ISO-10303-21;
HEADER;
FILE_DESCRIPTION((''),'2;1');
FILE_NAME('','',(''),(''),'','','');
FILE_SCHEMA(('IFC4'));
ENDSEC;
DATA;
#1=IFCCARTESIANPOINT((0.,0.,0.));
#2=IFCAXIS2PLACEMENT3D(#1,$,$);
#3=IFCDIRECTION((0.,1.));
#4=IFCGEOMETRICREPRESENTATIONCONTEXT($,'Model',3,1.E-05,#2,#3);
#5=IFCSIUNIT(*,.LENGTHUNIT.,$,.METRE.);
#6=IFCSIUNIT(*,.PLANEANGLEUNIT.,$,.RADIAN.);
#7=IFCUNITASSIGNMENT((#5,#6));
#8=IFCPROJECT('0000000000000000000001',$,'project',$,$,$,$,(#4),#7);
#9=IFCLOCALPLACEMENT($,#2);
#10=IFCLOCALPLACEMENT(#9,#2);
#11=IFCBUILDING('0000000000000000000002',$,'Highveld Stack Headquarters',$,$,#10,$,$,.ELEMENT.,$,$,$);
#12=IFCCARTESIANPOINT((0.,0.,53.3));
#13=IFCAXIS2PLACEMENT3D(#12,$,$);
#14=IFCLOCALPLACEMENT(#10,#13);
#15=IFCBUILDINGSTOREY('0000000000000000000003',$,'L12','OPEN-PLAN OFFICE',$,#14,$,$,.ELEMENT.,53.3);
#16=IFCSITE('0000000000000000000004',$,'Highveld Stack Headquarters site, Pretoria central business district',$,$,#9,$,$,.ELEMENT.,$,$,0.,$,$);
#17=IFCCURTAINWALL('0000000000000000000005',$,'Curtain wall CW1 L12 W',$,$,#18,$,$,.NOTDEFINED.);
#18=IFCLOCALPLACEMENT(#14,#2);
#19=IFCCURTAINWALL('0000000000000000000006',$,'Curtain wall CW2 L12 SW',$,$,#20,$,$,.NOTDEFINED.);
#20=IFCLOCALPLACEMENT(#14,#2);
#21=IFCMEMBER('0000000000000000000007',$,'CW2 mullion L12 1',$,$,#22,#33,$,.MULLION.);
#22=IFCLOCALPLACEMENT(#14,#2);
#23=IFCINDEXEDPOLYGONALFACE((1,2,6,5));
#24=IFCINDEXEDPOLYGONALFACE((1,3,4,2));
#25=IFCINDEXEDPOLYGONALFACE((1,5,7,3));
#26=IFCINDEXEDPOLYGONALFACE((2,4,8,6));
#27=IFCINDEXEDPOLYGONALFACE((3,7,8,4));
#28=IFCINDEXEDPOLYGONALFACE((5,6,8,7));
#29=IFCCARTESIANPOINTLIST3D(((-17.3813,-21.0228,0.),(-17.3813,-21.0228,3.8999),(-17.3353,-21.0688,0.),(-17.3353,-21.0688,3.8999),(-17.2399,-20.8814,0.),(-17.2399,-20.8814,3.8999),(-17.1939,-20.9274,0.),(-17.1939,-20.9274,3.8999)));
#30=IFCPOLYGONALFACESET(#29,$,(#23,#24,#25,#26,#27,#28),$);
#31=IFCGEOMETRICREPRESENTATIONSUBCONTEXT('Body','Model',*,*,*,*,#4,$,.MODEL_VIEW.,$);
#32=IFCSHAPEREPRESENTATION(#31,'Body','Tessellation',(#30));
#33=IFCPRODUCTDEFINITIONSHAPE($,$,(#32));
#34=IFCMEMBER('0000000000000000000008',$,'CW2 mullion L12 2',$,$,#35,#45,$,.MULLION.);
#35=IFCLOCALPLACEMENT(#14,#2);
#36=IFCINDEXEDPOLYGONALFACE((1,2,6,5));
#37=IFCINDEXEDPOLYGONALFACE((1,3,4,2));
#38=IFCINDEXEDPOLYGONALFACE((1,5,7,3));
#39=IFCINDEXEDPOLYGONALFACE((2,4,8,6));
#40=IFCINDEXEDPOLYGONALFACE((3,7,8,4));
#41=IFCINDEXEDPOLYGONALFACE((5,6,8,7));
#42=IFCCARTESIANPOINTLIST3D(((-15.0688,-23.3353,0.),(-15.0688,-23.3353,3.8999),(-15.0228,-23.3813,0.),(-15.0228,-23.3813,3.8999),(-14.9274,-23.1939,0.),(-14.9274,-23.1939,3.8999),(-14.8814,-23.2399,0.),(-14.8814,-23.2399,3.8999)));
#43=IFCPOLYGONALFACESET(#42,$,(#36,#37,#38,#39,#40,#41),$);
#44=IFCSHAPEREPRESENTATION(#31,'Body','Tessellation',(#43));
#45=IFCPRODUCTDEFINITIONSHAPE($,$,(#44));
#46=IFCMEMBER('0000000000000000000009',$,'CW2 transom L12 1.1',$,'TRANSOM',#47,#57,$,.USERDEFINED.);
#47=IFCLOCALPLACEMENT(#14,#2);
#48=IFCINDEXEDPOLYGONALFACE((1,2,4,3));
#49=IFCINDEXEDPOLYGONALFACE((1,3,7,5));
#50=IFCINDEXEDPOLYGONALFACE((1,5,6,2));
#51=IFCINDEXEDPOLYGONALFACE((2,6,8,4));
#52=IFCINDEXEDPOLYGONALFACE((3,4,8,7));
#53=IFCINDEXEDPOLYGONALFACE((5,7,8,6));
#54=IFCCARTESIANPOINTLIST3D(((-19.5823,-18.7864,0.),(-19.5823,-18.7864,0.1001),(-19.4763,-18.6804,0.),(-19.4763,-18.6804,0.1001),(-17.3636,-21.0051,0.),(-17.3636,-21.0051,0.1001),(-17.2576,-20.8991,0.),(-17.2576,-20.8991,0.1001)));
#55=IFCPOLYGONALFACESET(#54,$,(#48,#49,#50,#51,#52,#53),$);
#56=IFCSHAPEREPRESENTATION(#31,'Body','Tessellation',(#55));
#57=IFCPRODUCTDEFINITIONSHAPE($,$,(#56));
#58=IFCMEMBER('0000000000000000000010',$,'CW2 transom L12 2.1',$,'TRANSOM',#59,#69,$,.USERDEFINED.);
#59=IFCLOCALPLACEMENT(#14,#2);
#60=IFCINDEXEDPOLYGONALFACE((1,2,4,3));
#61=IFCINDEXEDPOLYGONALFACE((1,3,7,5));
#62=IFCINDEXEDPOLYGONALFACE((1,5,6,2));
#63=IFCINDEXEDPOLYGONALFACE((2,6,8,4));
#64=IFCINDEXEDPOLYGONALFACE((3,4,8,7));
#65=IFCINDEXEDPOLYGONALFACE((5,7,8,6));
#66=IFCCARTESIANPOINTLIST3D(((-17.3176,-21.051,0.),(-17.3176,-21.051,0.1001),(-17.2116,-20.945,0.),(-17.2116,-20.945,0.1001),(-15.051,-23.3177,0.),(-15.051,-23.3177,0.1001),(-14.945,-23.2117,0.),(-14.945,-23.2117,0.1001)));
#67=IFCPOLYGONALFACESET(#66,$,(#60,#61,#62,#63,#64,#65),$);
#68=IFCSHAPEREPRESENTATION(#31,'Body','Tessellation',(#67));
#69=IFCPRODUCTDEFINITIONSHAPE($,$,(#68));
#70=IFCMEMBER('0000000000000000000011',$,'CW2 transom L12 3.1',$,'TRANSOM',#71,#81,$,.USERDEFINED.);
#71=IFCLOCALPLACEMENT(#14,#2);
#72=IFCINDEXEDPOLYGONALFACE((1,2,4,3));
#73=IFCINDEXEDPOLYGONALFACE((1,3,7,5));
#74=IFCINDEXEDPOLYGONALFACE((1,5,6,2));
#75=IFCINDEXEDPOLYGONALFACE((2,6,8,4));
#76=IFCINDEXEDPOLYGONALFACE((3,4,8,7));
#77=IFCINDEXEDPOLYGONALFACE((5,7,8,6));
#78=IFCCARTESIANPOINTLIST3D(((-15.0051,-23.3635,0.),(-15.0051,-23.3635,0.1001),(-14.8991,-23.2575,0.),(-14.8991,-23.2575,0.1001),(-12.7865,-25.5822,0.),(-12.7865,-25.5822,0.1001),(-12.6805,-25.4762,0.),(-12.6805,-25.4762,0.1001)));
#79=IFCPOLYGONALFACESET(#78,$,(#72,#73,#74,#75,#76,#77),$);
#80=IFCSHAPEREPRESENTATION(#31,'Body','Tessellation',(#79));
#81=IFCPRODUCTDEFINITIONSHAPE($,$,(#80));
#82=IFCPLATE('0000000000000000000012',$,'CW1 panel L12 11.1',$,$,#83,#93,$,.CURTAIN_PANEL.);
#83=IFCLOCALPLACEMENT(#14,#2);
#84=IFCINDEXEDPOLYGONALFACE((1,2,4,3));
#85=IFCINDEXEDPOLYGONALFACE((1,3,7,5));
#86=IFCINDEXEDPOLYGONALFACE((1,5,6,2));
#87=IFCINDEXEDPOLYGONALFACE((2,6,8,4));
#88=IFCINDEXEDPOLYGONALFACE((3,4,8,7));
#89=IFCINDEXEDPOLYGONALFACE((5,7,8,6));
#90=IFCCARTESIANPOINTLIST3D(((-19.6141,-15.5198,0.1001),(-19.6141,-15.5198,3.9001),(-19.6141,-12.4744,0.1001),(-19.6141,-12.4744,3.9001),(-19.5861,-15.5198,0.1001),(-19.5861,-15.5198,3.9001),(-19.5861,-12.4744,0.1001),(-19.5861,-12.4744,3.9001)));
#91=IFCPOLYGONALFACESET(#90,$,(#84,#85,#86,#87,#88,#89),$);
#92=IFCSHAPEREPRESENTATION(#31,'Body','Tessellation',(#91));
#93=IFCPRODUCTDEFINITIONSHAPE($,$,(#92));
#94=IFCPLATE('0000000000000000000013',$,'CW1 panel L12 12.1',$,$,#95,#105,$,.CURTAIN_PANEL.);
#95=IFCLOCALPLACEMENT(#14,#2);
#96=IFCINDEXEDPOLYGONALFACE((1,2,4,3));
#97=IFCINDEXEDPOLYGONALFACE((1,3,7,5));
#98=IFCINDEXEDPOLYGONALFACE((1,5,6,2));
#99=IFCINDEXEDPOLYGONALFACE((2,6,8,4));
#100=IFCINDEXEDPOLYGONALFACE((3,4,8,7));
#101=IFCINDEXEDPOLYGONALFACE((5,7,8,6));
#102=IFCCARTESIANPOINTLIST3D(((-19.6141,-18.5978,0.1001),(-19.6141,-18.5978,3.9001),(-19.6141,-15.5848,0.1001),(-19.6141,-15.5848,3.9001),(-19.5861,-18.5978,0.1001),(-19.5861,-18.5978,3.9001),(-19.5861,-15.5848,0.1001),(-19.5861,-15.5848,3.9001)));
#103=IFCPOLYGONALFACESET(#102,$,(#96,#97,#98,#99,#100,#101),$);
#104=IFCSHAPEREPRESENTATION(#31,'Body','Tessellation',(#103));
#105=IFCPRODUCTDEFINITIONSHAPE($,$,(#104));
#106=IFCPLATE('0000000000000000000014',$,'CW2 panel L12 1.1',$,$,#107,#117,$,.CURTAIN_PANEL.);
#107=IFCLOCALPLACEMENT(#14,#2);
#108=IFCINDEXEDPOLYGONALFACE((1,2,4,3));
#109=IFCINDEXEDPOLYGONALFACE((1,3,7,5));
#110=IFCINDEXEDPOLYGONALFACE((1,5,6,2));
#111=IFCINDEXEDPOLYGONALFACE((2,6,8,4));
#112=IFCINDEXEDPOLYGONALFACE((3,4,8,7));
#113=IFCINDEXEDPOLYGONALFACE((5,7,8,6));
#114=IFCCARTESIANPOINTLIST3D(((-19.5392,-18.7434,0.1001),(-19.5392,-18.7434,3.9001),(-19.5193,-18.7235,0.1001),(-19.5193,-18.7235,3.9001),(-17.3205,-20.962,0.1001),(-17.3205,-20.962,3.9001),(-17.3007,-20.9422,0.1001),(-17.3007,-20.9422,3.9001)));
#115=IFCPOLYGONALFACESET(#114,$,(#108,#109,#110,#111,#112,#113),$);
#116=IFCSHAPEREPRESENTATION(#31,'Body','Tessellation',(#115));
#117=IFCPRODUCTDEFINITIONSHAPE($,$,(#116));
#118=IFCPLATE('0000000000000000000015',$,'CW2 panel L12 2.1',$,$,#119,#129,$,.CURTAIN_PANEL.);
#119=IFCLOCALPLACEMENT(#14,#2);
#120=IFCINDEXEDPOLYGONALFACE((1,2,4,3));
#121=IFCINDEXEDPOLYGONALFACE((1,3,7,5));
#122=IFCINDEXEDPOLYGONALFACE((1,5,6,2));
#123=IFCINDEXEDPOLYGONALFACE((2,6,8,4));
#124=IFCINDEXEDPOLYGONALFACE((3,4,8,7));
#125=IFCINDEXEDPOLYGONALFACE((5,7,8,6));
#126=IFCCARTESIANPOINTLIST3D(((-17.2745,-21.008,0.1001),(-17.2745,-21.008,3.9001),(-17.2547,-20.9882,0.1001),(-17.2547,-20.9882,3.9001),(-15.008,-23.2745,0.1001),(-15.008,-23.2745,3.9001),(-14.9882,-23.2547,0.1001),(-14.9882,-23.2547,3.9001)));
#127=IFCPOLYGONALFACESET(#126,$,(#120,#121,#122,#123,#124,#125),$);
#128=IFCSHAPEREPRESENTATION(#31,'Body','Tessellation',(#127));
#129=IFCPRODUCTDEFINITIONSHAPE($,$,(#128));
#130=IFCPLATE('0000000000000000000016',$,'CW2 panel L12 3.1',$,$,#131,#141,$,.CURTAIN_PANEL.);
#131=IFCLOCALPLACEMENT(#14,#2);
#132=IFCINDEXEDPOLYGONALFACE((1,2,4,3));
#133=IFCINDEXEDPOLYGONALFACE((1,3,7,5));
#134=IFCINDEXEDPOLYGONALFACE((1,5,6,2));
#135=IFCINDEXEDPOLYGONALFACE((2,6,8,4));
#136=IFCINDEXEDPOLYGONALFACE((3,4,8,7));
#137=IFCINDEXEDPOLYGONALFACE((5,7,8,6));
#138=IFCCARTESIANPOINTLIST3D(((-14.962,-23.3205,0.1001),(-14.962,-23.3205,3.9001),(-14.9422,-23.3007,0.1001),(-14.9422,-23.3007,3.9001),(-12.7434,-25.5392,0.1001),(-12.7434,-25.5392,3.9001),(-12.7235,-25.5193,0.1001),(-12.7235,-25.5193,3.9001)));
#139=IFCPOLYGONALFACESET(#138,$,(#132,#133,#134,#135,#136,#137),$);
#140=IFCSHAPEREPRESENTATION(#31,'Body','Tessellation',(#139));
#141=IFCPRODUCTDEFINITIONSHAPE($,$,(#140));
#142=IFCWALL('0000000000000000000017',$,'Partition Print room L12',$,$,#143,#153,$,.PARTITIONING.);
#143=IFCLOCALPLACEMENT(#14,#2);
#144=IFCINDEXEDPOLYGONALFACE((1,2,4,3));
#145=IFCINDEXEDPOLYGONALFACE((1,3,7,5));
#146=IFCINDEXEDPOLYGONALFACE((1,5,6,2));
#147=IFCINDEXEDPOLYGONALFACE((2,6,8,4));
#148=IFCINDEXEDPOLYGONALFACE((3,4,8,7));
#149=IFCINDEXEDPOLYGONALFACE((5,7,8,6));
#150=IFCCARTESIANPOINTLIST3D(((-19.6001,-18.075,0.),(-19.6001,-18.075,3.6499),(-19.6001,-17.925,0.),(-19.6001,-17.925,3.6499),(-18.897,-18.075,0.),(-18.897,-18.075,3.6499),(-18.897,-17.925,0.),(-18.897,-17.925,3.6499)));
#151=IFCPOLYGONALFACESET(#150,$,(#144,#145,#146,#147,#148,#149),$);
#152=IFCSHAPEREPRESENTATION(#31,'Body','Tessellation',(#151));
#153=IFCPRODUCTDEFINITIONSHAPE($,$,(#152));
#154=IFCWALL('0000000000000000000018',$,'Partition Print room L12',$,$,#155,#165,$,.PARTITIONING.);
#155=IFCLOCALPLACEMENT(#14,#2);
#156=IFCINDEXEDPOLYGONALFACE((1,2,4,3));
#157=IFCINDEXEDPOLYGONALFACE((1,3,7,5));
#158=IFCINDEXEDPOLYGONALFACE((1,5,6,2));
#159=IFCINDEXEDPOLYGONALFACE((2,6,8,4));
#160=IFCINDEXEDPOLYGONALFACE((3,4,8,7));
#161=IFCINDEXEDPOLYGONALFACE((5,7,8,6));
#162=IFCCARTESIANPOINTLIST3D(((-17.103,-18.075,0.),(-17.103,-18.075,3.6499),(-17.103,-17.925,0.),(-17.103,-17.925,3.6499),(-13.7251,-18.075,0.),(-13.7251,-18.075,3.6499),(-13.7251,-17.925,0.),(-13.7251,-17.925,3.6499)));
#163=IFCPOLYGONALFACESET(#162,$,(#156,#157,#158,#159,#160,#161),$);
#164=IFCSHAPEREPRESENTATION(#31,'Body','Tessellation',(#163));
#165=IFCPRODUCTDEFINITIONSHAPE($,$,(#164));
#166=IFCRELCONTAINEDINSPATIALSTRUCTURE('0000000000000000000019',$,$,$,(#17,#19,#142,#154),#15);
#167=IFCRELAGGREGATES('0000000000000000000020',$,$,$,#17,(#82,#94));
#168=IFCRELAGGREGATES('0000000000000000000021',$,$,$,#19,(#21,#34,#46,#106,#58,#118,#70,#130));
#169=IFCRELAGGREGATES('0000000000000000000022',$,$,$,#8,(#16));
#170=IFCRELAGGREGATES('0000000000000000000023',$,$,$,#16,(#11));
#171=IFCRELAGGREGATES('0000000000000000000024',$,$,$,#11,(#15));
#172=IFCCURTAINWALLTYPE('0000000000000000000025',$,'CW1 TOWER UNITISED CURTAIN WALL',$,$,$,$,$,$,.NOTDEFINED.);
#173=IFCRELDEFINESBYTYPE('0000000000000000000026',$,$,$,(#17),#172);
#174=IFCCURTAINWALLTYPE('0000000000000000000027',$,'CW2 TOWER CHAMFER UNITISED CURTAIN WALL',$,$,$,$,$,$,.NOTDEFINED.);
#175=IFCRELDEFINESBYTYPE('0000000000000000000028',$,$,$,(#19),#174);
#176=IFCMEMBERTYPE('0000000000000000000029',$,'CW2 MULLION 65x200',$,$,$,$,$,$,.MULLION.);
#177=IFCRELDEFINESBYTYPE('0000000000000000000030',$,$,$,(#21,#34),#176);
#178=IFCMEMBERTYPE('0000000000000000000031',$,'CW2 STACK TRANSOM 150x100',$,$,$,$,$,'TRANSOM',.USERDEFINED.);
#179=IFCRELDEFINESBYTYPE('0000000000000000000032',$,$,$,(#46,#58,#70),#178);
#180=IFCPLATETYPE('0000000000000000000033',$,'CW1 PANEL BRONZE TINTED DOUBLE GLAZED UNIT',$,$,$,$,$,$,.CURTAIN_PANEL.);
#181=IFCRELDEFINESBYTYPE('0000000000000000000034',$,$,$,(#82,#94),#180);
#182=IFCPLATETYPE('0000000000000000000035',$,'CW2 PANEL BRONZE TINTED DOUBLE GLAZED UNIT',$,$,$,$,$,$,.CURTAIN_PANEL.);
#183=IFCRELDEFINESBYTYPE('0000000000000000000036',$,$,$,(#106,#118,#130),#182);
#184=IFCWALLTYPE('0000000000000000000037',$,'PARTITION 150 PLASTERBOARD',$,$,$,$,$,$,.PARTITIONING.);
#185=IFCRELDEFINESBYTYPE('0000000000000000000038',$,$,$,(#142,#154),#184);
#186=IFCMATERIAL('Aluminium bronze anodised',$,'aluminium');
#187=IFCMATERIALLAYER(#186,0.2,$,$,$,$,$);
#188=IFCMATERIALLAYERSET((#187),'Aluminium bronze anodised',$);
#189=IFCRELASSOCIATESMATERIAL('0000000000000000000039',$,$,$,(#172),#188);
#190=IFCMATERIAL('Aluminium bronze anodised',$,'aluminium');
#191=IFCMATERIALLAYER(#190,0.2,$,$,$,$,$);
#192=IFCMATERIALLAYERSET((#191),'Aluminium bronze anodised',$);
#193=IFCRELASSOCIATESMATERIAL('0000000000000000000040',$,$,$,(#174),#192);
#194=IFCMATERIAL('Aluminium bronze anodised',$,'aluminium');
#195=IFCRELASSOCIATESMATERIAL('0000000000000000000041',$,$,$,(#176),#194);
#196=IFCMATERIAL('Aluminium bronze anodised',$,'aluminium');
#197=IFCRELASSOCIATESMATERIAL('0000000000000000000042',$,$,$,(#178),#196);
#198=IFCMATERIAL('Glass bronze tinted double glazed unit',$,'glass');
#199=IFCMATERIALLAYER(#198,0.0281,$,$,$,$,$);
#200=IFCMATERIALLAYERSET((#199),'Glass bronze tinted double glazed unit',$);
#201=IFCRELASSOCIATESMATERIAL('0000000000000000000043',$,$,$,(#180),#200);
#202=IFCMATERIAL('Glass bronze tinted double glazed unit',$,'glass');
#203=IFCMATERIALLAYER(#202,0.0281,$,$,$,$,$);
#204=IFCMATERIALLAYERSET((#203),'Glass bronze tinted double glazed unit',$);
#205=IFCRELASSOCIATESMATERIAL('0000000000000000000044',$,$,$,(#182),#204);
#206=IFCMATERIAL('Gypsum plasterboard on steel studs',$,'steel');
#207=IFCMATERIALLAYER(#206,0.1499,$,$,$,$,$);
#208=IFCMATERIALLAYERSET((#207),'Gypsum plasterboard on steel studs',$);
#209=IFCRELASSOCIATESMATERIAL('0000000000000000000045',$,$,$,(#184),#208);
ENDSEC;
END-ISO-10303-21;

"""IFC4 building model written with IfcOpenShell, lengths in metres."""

from ifc_helpers import new_model, si_unit, direction, frame, frame_2d, origin, origin_2d, place, context, subcontext, project, spatial, rectangle, extrude, material, layer, layer_set, material_profile, profile_set, type_object, element, aggregate, save


model = new_model("IFC4")

# Units and contexts
model_context = context("Model", 3, precision=1e-05, world=origin(), true_north=direction((0.0, 1.0)))
body_context = subcontext(model_context, "Body", "Model", "MODEL_VIEW")
ifc_project = project(units=[si_unit("LENGTHUNIT", "METRE"), si_unit("PLANEANGLEUNIT", "RADIAN")], contexts=[model_context])

# Site, building, storey
site_placement = place(None, origin())
site = spatial("IfcSite", under=ifc_project, at=site_placement, Name="Highveld Stack Headquarters site, Pretoria central business district", CompositionType="ELEMENT", RefElevation=0.0)
building_placement = place(site_placement, origin())
building = spatial("IfcBuilding", under=site, at=building_placement, Name="Highveld Stack Headquarters", CompositionType="ELEMENT")
storey_placement = place(building_placement, frame((0.0, 0.0, 53.3)))
storey = spatial("IfcBuildingStorey", under=building, at=storey_placement, Name="L12", Description="OPEN-PLAN OFFICE", CompositionType="ELEMENT", Elevation=53.3)

# Shared definitions
ifc_material_1 = material(Name="Aluminium bronze anodised", Category="aluminium")
ifc_layer_1 = layer(ifc_material_1, 0.2)
ifc_layer_set_1 = layer_set([ifc_layer_1], Name="Aluminium bronze anodised")
curtain_wall_type_1 = type_object("IfcCurtainWallType", Name="CW1 TOWER UNITISED CURTAIN WALL", PredefinedType="NOTDEFINED", material=ifc_layer_set_1)

# Curtain wall
curtain_wall_1_placement = place(storey_placement, origin())
curtain_wall_1 = element("IfcCurtainWall", 1, at=curtain_wall_1_placement, inside=storey, type_object=curtain_wall_type_1, Name="Curtain wall CW1 L12 W", PredefinedType="NOTDEFINED")

# Curtain wall, members
ifc_material_2 = material(Name="Aluminium bronze anodised", Category="aluminium")
ifc_layer_2 = layer(ifc_material_2, 0.2)
ifc_layer_set_2 = layer_set([ifc_layer_2], Name="Aluminium bronze anodised")
curtain_wall_type_2 = type_object("IfcCurtainWallType", Name="CW2 TOWER CHAMFER UNITISED CURTAIN WALL", PredefinedType="NOTDEFINED", material=ifc_layer_set_2)
curtain_wall_2_placement = place(storey_placement, origin())
curtain_wall_2 = element("IfcCurtainWall", 2, at=curtain_wall_2_placement, inside=storey, type_object=curtain_wall_type_2, Name="Curtain wall CW2 L12 SW", PredefinedType="NOTDEFINED")
ifc_material_3 = material(Name="Aluminium bronze anodised", Category="aluminium")
ifc_material_profile_1 = material_profile(ifc_material_3, rectangle(XDim=0.2, YDim=0.0649, at=origin_2d()), Name="CW2 MULLION 65x200")
ifc_profile_set_1 = profile_set([ifc_material_profile_1], Name="Aluminium bronze anodised")
member_type_1 = type_object("IfcMemberType", Name="CW2 MULLION 65x200", PredefinedType="MULLION", material=ifc_profile_set_1)
member_1_placement = place(storey_placement, frame((-17.2876, -20.9751, 0.0), z_axis=(0.0, 0.0, 1.0), x_axis=(0.707107, 0.707107, 0.0)))
member_1 = element("IfcMember", 3, at=member_1_placement, type_object=member_type_1, Name="CW2 mullion L12 1", PredefinedType="MULLION", context=body_context, shape_type="SweptSolid", body=[
    extrude(rectangle(XDim=0.2, YDim=0.0649, at=origin_2d()), origin(), (0.0, 0.0, 1.0), 3.8999),
])
member_2_placement = place(storey_placement, frame((-14.9751, -23.2876, 0.0), z_axis=(0.0, 0.0, 1.0), x_axis=(0.707107, 0.707107, 0.0)))
member_2 = element("IfcMember", 4, at=member_2_placement, type_object=member_type_1, Name="CW2 mullion L12 2", PredefinedType="MULLION", context=body_context, shape_type="SweptSolid", body=[
    extrude(rectangle(XDim=0.2, YDim=0.0649, at=origin_2d()), origin(), (0.0, 0.0, 1.0), 3.8999),
])
ifc_material_4 = material(Name="Aluminium bronze anodised", Category="aluminium")
ifc_material_profile_2 = material_profile(ifc_material_4, rectangle(XDim=0.1499, YDim=0.1001, at=origin_2d()), Name="CW2 TRANSOM 150x100")
ifc_profile_set_2 = profile_set([ifc_material_profile_2], Name="Aluminium bronze anodised")
member_type_2 = type_object("IfcMemberType", Name="CW2 STACK TRANSOM 150x100", ElementType="TRANSOM", PredefinedType="USERDEFINED", material=ifc_profile_set_2)
member_3_placement = place(storey_placement, frame((-19.5293, -18.7334, 0.05), z_axis=(0.707107, -0.707107, 0.0), x_axis=(0.707107, 0.707107, 0.0)))
member_3 = element("IfcMember", 5, at=member_3_placement, type_object=member_type_2, Name="CW2 transom L12 1.1", ObjectType="TRANSOM", PredefinedType="USERDEFINED", context=body_context, shape_type="SweptSolid", body=[
    extrude(rectangle(XDim=0.1499, YDim=0.1001, at=origin_2d()), origin(), (0.0, 0.0, 1.0), 3.1377),
])
member_4_placement = place(storey_placement, frame((-17.2646, -20.998, 0.05), z_axis=(0.707107, -0.707107, 0.0), x_axis=(0.707107, 0.707107, 0.0)))
member_4 = element("IfcMember", 6, at=member_4_placement, type_object=member_type_2, Name="CW2 transom L12 2.1", ObjectType="TRANSOM", PredefinedType="USERDEFINED", context=body_context, shape_type="SweptSolid", body=[
    extrude(rectangle(XDim=0.1499, YDim=0.1001, at=origin_2d()), origin(), (0.0, 0.0, 1.0), 3.2056),
])
member_5_placement = place(storey_placement, frame((-14.9521, -23.3105, 0.05), z_axis=(0.707107, -0.707107, 0.0), x_axis=(0.707107, 0.707107, 0.0)))
member_5 = element("IfcMember", 7, at=member_5_placement, type_object=member_type_2, Name="CW2 transom L12 3.1", ObjectType="TRANSOM", PredefinedType="USERDEFINED", context=body_context, shape_type="SweptSolid", body=[
    extrude(rectangle(XDim=0.1499, YDim=0.1001, at=origin_2d()), origin(), (0.0, 0.0, 1.0), 3.1377),
])

# Plates
ifc_material_5 = material(Name="Glass bronze tinted double glazed unit", Category="glass")
ifc_layer_3 = layer(ifc_material_5, 0.0281)
ifc_layer_set_3 = layer_set([ifc_layer_3], Name="Glass bronze tinted double glazed unit")
plate_type_1 = type_object("IfcPlateType", Name="CW1 PANEL BRONZE TINTED DOUBLE GLAZED UNIT", PredefinedType="CURTAIN_PANEL", material=ifc_layer_set_3)
plate_1_placement = place(storey_placement, frame((-19.6001, -13.9971, 0.1001), z_axis=(0.0, 0.0, 1.0), x_axis=(0.0, -1.0, 0.0)))
plate_1 = element("IfcPlate", 8, at=plate_1_placement, type_object=plate_type_1, Name="CW1 panel L12 11.1", PredefinedType="CURTAIN_PANEL", context=body_context, shape_type="SweptSolid", body=[
    extrude(rectangle(XDim=3.0454, YDim=0.0281, at=origin_2d()), origin(), (0.0, 0.0, 1.0), 3.8),
])
plate_2_placement = place(storey_placement, frame((-19.6001, -17.0913, 0.1001), z_axis=(0.0, 0.0, 1.0), x_axis=(0.0, -1.0, 0.0)))
plate_2 = element("IfcPlate", 9, at=plate_2_placement, type_object=plate_type_1, Name="CW1 panel L12 12.1", PredefinedType="CURTAIN_PANEL", context=body_context, shape_type="SweptSolid", body=[
    extrude(rectangle(XDim=3.0129, YDim=0.0281, at=origin_2d()), origin(), (0.0, 0.0, 1.0), 3.8),
])
aggregate(curtain_wall_1, [plate_1, plate_2])
ifc_material_6 = material(Name="Glass bronze tinted double glazed unit", Category="glass")
ifc_layer_4 = layer(ifc_material_6, 0.0281)
ifc_layer_set_4 = layer_set([ifc_layer_4], Name="Glass bronze tinted double glazed unit")
plate_type_2 = type_object("IfcPlateType", Name="CW2 PANEL BRONZE TINTED DOUBLE GLAZED UNIT", PredefinedType="CURTAIN_PANEL", material=ifc_layer_set_4)
plate_3_placement = place(storey_placement, frame((-18.4199, -19.8428, 0.1001), z_axis=(0.0, 0.0, 1.0), x_axis=(0.707107, -0.707107, 0.0)))
plate_3 = element("IfcPlate", 10, at=plate_3_placement, type_object=plate_type_2, Name="CW2 panel L12 1.1", PredefinedType="CURTAIN_PANEL", context=body_context, shape_type="SweptSolid", body=[
    extrude(rectangle(XDim=3.1377, YDim=0.0281, at=origin_2d()), origin(), (0.0, 0.0, 1.0), 3.8),
])
plate_4_placement = place(storey_placement, frame((-16.1313, -22.1313, 0.1001), z_axis=(0.0, 0.0, 1.0), x_axis=(0.707107, -0.707107, 0.0)))
plate_4 = element("IfcPlate", 11, at=plate_4_placement, type_object=plate_type_2, Name="CW2 panel L12 2.1", PredefinedType="CURTAIN_PANEL", context=body_context, shape_type="SweptSolid", body=[
    extrude(rectangle(XDim=3.2053, YDim=0.0281, at=origin_2d()), origin(), (0.0, 0.0, 1.0), 3.8),
])
plate_5_placement = place(storey_placement, frame((-13.8428, -24.4199, 0.1001), z_axis=(0.0, 0.0, 1.0), x_axis=(0.707107, -0.707107, 0.0)))
plate_5 = element("IfcPlate", 12, at=plate_5_placement, type_object=plate_type_2, Name="CW2 panel L12 3.1", PredefinedType="CURTAIN_PANEL", context=body_context, shape_type="SweptSolid", body=[
    extrude(rectangle(XDim=3.1377, YDim=0.0281, at=origin_2d()), origin(), (0.0, 0.0, 1.0), 3.8),
])
aggregate(curtain_wall_2, [member_1, member_2, member_3, plate_3, member_4, plate_4, member_5, plate_5])

# Walls
ifc_material_7 = material(Name="Gypsum plasterboard on steel studs", Category="steel")
ifc_layer_5 = layer(ifc_material_7, 0.1499)
ifc_layer_set_5 = layer_set([ifc_layer_5], Name="Gypsum plasterboard on steel studs")
wall_type = type_object("IfcWallType", Name="PARTITION 150 PLASTERBOARD", PredefinedType="PARTITIONING", material=ifc_layer_set_5)
wall_1_placement = place(storey_placement, frame((-19.6001, -18.0, 0.0), z_axis=(0.0, 0.0, 1.0), x_axis=(1.0, 0.0, 0.0)))
element("IfcWall", 13, at=wall_1_placement, inside=storey, type_object=wall_type, Name="Partition Print room L12", PredefinedType="PARTITIONING", context=body_context, shape_type="SweptSolid", body=[
    extrude(rectangle(XDim=0.7031, YDim=0.1499, at=frame_2d((0.3516, 0.0))), origin(), (0.0, 0.0, 1.0), 3.6499),
])
wall_2_placement = place(storey_placement, frame((-17.103, -18.0, 0.0), z_axis=(0.0, 0.0, 1.0), x_axis=(1.0, 0.0, 0.0)))
element("IfcWall", 14, at=wall_2_placement, inside=storey, type_object=wall_type, Name="Partition Print room L12", PredefinedType="PARTITIONING", context=body_context, shape_type="SweptSolid", body=[
    extrude(rectangle(XDim=3.3779, YDim=0.1499, at=frame_2d((1.689, 0.0))), origin(), (0.0, 0.0, 1.0), 3.6499),
])

save(model, "model.ifc")
